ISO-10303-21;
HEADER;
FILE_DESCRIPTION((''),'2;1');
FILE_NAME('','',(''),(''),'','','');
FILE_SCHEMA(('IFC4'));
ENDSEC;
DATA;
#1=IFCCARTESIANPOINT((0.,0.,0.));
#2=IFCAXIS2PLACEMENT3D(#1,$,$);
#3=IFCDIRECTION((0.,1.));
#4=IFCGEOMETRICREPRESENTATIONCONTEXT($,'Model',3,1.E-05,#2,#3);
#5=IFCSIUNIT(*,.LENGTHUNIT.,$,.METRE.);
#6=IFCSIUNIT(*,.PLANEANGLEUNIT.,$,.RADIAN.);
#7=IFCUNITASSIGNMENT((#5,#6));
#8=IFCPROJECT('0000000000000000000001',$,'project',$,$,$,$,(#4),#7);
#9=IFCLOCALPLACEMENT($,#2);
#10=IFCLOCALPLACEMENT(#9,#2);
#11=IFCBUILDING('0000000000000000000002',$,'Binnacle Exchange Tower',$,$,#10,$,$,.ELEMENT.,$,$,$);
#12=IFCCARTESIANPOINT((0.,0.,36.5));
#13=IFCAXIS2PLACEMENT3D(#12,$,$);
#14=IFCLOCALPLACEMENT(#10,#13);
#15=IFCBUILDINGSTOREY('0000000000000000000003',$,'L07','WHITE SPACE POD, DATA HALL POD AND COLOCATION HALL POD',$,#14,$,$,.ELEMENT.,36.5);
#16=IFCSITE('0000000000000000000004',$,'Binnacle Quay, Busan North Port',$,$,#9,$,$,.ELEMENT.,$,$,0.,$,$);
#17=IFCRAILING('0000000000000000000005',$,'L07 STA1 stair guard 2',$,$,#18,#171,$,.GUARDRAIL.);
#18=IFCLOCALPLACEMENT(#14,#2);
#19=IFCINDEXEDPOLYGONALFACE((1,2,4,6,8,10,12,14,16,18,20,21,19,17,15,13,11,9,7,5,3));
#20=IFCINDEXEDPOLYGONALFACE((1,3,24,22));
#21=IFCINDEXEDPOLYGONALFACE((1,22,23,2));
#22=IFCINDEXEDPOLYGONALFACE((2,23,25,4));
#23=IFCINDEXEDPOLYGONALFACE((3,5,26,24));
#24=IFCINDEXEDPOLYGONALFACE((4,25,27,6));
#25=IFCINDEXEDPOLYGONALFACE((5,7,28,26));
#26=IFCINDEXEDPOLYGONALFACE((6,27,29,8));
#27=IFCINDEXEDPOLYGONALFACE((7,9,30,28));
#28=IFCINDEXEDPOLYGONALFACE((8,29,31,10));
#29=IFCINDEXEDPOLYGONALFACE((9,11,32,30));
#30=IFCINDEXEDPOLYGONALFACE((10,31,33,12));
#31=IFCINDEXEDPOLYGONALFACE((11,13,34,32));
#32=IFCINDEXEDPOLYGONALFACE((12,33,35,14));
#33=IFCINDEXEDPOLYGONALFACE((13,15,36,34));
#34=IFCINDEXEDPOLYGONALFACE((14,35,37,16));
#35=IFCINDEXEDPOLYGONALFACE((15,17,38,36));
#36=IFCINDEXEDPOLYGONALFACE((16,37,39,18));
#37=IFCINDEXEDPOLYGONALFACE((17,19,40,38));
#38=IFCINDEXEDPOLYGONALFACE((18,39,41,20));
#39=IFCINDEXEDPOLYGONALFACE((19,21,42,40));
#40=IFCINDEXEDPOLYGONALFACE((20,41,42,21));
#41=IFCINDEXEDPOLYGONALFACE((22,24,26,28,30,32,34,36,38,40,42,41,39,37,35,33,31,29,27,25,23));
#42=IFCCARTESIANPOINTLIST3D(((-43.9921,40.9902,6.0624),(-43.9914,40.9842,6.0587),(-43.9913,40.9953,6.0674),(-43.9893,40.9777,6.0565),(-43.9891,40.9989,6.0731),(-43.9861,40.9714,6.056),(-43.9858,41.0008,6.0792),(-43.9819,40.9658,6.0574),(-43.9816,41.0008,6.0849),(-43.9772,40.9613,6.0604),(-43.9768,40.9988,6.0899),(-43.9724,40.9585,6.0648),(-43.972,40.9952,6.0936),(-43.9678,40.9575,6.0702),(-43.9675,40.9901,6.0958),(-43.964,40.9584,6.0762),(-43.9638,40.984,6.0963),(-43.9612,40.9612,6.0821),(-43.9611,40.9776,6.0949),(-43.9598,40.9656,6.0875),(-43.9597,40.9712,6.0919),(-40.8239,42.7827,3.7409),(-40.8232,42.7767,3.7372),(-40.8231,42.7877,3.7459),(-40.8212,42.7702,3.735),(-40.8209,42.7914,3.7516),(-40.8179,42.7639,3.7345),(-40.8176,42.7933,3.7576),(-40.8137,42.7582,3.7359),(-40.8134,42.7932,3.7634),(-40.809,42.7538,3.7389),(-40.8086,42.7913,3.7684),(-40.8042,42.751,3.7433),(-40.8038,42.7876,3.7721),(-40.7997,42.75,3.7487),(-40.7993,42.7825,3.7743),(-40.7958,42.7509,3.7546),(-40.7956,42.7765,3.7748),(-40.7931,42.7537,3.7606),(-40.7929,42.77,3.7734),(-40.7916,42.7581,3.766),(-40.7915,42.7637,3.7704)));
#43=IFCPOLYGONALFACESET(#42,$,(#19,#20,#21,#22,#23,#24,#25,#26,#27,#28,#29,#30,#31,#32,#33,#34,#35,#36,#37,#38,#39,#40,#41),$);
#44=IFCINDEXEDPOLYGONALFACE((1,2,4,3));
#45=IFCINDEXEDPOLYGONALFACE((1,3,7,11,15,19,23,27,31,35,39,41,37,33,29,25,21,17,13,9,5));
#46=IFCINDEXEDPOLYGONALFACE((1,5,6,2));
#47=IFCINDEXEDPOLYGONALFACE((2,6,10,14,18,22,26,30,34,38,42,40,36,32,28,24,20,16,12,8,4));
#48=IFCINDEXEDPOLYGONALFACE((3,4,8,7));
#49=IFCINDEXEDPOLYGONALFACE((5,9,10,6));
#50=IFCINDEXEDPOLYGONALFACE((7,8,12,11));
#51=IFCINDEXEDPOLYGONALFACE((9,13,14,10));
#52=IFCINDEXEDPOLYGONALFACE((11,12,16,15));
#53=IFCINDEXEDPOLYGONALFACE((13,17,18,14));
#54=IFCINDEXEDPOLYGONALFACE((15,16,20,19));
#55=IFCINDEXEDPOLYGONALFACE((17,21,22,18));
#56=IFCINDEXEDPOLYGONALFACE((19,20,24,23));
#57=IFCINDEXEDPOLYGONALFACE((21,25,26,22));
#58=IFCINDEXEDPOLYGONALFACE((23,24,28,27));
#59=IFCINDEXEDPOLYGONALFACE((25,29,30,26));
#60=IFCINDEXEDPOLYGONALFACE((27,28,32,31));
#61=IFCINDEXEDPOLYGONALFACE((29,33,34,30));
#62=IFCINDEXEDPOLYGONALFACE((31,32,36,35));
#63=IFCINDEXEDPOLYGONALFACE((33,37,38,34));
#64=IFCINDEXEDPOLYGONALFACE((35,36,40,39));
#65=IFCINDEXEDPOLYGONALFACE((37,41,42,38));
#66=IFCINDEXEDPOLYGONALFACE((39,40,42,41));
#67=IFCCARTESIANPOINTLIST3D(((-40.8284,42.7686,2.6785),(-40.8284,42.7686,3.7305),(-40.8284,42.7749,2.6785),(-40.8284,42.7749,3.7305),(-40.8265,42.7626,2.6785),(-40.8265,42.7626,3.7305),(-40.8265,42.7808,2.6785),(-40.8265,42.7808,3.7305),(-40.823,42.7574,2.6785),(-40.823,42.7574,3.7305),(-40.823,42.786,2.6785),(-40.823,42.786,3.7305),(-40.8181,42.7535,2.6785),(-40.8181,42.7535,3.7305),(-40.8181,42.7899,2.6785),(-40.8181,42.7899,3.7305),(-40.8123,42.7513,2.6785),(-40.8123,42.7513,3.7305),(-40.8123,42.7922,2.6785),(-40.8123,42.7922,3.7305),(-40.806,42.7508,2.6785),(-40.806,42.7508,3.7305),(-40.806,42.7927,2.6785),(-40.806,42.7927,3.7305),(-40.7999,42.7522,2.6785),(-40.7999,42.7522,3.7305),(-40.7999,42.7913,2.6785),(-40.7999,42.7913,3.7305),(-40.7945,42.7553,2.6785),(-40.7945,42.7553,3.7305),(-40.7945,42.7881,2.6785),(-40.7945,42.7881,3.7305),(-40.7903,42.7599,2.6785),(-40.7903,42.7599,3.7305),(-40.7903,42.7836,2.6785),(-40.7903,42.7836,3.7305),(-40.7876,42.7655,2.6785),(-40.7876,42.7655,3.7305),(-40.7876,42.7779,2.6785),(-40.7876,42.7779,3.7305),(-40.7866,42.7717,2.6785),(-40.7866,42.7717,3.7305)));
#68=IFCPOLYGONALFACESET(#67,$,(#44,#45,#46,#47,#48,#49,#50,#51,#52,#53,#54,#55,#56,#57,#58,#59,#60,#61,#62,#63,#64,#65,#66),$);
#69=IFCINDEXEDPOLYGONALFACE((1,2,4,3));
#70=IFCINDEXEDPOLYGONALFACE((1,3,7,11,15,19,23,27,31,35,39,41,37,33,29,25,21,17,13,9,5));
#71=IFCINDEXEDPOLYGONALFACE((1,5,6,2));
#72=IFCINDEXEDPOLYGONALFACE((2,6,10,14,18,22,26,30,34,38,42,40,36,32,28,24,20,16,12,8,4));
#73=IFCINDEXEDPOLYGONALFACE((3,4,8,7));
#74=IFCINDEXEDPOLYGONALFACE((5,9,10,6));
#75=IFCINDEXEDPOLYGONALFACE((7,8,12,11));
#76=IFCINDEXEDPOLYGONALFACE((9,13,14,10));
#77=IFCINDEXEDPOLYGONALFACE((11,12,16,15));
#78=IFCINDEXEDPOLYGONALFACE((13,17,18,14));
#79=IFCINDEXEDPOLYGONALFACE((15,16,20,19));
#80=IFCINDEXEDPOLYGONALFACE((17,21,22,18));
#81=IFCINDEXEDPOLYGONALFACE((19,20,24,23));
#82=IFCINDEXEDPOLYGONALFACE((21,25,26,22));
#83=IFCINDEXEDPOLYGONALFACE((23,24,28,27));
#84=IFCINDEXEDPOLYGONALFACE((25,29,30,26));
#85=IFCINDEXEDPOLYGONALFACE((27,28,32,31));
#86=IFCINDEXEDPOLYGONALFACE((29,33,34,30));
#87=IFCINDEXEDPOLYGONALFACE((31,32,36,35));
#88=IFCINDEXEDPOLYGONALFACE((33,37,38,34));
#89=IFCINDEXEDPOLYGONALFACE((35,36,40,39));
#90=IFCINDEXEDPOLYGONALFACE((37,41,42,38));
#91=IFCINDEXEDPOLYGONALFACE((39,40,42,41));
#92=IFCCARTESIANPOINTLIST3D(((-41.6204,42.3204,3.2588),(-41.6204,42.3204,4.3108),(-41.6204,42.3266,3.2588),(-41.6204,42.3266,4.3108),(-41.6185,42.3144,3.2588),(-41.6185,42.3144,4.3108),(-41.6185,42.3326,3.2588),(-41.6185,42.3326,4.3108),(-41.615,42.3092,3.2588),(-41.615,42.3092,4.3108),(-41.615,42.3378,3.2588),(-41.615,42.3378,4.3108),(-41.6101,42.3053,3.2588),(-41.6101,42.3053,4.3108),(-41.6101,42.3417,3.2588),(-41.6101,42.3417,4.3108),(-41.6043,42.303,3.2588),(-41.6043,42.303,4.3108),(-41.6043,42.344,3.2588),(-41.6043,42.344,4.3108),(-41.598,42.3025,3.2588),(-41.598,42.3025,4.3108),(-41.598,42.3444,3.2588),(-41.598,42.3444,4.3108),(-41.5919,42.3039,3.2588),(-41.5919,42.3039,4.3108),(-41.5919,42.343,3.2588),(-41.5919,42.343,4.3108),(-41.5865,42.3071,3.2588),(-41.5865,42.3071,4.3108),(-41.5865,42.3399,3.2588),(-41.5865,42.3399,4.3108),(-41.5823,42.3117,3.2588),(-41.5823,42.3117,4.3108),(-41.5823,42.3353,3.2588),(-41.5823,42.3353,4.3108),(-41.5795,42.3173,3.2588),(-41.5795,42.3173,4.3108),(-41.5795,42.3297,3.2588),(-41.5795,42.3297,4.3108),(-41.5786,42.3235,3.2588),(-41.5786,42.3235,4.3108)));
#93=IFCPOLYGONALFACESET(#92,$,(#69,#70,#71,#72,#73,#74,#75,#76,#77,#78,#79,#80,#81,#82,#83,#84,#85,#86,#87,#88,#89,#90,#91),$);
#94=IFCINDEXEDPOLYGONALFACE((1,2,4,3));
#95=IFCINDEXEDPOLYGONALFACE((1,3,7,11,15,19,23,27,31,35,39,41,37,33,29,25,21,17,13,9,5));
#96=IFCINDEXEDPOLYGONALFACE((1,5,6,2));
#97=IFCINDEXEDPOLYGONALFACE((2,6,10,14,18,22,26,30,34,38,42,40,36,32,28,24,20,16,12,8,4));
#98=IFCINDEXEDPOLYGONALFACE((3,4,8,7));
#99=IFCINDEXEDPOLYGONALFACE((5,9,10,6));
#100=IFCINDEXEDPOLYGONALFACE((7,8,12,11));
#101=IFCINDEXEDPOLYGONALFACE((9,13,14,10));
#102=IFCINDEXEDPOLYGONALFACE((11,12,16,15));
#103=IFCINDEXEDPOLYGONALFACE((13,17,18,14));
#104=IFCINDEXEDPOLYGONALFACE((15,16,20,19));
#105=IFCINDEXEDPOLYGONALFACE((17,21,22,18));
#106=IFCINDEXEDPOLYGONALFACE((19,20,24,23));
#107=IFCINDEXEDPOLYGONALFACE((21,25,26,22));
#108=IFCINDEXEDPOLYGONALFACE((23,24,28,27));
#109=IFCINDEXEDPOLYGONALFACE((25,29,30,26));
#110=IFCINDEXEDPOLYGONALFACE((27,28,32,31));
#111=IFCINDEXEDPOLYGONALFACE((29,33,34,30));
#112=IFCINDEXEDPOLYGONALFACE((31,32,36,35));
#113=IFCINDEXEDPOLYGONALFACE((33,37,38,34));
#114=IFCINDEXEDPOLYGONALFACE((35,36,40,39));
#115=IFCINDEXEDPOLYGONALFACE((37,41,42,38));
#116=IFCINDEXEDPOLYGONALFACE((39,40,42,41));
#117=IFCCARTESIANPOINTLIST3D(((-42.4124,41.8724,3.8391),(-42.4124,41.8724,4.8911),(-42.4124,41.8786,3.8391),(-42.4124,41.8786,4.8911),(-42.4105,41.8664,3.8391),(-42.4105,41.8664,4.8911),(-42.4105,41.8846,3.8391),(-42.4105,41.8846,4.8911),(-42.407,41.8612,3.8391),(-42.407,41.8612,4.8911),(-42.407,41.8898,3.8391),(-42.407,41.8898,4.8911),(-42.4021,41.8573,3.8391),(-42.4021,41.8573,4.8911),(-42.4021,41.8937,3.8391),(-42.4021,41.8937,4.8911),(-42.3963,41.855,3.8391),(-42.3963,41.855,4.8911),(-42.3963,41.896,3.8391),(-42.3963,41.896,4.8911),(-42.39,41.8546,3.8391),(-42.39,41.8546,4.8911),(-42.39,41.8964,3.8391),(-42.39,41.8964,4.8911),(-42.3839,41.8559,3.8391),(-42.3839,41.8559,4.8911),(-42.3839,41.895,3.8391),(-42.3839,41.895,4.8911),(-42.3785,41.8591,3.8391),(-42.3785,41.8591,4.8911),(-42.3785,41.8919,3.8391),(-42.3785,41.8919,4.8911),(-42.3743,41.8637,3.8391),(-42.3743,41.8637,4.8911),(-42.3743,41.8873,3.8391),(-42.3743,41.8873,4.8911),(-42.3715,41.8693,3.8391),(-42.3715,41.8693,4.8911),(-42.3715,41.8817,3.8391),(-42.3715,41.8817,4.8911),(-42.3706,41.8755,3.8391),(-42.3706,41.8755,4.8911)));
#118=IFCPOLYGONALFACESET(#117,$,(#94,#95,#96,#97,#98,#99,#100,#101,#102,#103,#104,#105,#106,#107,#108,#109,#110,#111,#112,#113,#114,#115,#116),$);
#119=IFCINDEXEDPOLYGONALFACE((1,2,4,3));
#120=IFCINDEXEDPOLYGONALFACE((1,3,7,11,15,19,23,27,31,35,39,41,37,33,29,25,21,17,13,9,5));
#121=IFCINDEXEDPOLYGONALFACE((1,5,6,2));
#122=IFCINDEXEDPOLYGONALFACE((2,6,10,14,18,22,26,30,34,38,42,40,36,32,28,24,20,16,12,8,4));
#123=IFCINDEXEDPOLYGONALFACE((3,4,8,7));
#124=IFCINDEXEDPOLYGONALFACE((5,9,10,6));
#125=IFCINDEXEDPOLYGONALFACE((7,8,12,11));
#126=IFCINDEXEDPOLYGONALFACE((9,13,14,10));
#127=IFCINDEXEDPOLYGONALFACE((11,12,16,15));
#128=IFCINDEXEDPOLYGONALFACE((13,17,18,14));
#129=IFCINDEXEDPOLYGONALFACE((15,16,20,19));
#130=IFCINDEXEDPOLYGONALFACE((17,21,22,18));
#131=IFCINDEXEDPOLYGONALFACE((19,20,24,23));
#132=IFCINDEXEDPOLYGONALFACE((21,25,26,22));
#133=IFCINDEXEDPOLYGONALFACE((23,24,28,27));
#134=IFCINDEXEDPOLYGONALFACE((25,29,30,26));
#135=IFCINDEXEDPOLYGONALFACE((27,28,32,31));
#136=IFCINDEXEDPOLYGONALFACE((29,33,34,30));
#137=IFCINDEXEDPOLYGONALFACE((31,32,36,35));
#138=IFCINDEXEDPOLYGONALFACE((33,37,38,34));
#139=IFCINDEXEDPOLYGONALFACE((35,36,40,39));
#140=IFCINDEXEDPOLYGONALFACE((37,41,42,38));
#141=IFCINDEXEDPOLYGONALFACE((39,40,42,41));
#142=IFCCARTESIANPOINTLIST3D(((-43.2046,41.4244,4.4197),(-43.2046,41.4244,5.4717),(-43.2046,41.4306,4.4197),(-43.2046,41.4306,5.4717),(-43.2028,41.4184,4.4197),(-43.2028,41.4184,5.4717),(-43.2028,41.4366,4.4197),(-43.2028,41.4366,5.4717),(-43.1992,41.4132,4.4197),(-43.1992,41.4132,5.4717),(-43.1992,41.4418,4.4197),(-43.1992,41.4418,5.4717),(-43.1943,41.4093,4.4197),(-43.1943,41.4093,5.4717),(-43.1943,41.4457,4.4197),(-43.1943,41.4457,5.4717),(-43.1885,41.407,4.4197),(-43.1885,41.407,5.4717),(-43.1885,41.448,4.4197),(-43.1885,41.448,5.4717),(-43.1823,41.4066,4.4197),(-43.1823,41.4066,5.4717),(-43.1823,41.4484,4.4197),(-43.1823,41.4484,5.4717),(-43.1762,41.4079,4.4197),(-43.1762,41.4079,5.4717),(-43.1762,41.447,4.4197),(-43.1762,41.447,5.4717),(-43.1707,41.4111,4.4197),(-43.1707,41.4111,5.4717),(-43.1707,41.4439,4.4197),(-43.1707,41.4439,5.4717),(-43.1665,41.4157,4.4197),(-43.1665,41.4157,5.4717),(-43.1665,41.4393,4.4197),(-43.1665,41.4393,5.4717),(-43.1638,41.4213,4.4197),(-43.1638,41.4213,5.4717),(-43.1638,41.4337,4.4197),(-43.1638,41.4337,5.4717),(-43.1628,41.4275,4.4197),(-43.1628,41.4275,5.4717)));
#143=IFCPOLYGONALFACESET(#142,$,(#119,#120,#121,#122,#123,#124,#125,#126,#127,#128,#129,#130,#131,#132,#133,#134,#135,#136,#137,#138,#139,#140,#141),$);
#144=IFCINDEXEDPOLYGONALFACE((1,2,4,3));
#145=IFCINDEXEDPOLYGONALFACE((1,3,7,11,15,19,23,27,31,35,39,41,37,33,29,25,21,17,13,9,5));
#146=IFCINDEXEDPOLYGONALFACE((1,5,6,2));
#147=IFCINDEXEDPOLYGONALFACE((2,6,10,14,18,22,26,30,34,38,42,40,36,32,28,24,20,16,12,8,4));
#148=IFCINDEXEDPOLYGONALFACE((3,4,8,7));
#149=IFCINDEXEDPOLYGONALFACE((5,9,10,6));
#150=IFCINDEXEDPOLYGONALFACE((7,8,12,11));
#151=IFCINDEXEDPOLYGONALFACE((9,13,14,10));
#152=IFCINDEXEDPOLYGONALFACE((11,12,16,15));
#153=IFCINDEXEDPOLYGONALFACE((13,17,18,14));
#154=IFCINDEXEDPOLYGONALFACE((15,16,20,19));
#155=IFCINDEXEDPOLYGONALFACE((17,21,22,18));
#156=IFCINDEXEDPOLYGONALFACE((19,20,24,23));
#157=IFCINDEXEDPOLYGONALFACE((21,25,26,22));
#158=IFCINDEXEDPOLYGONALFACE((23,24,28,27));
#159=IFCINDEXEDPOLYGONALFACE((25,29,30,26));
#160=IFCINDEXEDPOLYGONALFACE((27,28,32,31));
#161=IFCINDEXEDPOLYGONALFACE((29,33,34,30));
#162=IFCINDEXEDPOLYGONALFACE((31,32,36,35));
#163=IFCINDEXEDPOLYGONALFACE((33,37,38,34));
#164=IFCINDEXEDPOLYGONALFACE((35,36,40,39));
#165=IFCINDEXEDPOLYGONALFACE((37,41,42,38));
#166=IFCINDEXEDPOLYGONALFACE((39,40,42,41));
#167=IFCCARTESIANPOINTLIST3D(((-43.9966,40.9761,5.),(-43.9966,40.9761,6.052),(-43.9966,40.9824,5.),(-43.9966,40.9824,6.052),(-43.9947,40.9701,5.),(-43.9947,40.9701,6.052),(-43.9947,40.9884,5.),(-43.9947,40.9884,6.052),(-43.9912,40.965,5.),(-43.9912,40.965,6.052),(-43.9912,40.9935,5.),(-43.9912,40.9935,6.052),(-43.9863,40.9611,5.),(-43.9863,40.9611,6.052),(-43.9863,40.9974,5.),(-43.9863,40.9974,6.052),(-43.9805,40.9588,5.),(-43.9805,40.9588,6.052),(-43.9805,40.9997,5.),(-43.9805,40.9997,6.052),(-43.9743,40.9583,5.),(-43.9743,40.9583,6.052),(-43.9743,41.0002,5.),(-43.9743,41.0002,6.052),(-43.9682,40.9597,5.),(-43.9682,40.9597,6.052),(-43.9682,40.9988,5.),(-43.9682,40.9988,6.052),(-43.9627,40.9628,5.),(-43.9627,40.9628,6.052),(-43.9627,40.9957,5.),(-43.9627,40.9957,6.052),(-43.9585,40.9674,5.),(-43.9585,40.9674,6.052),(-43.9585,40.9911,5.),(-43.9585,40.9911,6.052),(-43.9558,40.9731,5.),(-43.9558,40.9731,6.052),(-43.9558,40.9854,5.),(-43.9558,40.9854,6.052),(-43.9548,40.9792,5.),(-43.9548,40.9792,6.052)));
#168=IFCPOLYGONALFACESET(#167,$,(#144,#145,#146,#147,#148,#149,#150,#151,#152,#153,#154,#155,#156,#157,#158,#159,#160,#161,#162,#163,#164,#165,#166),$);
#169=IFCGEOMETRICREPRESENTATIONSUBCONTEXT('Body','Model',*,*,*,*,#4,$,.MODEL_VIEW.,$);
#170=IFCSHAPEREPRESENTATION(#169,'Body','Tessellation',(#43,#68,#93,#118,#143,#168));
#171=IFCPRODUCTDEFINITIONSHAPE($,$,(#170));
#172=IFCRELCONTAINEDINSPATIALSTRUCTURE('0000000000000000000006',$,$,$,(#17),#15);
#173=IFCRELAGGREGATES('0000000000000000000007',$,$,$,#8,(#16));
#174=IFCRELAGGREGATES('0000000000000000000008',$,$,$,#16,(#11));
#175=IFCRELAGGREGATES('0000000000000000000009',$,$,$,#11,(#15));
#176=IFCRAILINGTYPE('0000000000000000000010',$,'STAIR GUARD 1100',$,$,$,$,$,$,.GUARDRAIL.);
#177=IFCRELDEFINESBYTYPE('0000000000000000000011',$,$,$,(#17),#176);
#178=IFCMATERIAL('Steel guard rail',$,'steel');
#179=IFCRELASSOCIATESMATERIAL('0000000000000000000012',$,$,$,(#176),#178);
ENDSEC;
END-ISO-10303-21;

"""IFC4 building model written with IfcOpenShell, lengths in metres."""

from ifc_helpers import new_model, si_unit, direction, frame, origin, origin_2d, place, context, subcontext, project, spatial, circle, extrude, material, type_object, element, save


model = new_model("IFC4")

# Units and contexts
model_context = context("Model", 3, precision=1e-05, world=origin(), true_north=direction((0.0, 1.0)))
body_context = subcontext(model_context, "Body", "Model", "MODEL_VIEW")
ifc_project = project(units=[si_unit("LENGTHUNIT", "METRE"), si_unit("PLANEANGLEUNIT", "RADIAN")], contexts=[model_context])

# Site, building, storey
site_placement = place(None, origin())
site = spatial("IfcSite", under=ifc_project, at=site_placement, Name="Binnacle Quay, Busan North Port", CompositionType="ELEMENT", RefElevation=0.0)
building_placement = place(site_placement, origin())
building = spatial("IfcBuilding", under=site, at=building_placement, Name="Binnacle Exchange Tower", CompositionType="ELEMENT")
storey_placement = place(building_placement, frame((0.0, 0.0, 36.5)))
storey = spatial("IfcBuildingStorey", under=building, at=storey_placement, Name="L07", Description="WHITE SPACE POD, DATA HALL POD AND COLOCATION HALL POD", CompositionType="ELEMENT", Elevation=36.5)

# Railing
ifc_material_1 = material(Name="Steel guard rail", Category="steel")
railing_type_1 = type_object("IfcRailingType", Name="STAIR GUARD 1100", PredefinedType="GUARDRAIL", material=ifc_material_1)
railing_1_placement = place(storey_placement, frame((-40.8076, 42.7717, 2.6785)))
element("IfcRailing", 1, at=railing_1_placement, inside=storey, type_object=railing_type_1, Name="L07 STA1 stair guard 2", PredefinedType="GUARDRAIL", context=body_context, shape_type="SweptSolid", body=[
    extrude(circle(Radius=0.0239, at=origin_2d()), frame((0.0, 0.0, 1.0762), z_axis=(-0.733822, -0.415174, 0.537714), x_axis=(0.492422, -0.870357, 0.0)), (0.0, 0.0, 1.0), 4.3174),
    extrude(circle(Radius=0.021, at=origin_2d()), origin(), (0.0, 0.0, 1.0), 1.052),
    extrude(circle(Radius=0.021, at=origin_2d()), frame((-0.792, -0.4482, 0.5803)), (0.0, 0.0, 1.0), 1.052),
    extrude(circle(Radius=0.021, at=origin_2d()), frame((-1.584, -0.8962, 1.1606)), (0.0, 0.0, 1.0), 1.052),
    extrude(circle(Radius=0.021, at=origin_2d()), frame((-2.3762, -1.3442, 1.7412)), (0.0, 0.0, 1.0), 1.052),
    extrude(circle(Radius=0.021, at=origin_2d()), frame((-3.1682, -1.7925, 2.3215)), (0.0, 0.0, 1.0), 1.052),
])

save(model, "model.ifc")
